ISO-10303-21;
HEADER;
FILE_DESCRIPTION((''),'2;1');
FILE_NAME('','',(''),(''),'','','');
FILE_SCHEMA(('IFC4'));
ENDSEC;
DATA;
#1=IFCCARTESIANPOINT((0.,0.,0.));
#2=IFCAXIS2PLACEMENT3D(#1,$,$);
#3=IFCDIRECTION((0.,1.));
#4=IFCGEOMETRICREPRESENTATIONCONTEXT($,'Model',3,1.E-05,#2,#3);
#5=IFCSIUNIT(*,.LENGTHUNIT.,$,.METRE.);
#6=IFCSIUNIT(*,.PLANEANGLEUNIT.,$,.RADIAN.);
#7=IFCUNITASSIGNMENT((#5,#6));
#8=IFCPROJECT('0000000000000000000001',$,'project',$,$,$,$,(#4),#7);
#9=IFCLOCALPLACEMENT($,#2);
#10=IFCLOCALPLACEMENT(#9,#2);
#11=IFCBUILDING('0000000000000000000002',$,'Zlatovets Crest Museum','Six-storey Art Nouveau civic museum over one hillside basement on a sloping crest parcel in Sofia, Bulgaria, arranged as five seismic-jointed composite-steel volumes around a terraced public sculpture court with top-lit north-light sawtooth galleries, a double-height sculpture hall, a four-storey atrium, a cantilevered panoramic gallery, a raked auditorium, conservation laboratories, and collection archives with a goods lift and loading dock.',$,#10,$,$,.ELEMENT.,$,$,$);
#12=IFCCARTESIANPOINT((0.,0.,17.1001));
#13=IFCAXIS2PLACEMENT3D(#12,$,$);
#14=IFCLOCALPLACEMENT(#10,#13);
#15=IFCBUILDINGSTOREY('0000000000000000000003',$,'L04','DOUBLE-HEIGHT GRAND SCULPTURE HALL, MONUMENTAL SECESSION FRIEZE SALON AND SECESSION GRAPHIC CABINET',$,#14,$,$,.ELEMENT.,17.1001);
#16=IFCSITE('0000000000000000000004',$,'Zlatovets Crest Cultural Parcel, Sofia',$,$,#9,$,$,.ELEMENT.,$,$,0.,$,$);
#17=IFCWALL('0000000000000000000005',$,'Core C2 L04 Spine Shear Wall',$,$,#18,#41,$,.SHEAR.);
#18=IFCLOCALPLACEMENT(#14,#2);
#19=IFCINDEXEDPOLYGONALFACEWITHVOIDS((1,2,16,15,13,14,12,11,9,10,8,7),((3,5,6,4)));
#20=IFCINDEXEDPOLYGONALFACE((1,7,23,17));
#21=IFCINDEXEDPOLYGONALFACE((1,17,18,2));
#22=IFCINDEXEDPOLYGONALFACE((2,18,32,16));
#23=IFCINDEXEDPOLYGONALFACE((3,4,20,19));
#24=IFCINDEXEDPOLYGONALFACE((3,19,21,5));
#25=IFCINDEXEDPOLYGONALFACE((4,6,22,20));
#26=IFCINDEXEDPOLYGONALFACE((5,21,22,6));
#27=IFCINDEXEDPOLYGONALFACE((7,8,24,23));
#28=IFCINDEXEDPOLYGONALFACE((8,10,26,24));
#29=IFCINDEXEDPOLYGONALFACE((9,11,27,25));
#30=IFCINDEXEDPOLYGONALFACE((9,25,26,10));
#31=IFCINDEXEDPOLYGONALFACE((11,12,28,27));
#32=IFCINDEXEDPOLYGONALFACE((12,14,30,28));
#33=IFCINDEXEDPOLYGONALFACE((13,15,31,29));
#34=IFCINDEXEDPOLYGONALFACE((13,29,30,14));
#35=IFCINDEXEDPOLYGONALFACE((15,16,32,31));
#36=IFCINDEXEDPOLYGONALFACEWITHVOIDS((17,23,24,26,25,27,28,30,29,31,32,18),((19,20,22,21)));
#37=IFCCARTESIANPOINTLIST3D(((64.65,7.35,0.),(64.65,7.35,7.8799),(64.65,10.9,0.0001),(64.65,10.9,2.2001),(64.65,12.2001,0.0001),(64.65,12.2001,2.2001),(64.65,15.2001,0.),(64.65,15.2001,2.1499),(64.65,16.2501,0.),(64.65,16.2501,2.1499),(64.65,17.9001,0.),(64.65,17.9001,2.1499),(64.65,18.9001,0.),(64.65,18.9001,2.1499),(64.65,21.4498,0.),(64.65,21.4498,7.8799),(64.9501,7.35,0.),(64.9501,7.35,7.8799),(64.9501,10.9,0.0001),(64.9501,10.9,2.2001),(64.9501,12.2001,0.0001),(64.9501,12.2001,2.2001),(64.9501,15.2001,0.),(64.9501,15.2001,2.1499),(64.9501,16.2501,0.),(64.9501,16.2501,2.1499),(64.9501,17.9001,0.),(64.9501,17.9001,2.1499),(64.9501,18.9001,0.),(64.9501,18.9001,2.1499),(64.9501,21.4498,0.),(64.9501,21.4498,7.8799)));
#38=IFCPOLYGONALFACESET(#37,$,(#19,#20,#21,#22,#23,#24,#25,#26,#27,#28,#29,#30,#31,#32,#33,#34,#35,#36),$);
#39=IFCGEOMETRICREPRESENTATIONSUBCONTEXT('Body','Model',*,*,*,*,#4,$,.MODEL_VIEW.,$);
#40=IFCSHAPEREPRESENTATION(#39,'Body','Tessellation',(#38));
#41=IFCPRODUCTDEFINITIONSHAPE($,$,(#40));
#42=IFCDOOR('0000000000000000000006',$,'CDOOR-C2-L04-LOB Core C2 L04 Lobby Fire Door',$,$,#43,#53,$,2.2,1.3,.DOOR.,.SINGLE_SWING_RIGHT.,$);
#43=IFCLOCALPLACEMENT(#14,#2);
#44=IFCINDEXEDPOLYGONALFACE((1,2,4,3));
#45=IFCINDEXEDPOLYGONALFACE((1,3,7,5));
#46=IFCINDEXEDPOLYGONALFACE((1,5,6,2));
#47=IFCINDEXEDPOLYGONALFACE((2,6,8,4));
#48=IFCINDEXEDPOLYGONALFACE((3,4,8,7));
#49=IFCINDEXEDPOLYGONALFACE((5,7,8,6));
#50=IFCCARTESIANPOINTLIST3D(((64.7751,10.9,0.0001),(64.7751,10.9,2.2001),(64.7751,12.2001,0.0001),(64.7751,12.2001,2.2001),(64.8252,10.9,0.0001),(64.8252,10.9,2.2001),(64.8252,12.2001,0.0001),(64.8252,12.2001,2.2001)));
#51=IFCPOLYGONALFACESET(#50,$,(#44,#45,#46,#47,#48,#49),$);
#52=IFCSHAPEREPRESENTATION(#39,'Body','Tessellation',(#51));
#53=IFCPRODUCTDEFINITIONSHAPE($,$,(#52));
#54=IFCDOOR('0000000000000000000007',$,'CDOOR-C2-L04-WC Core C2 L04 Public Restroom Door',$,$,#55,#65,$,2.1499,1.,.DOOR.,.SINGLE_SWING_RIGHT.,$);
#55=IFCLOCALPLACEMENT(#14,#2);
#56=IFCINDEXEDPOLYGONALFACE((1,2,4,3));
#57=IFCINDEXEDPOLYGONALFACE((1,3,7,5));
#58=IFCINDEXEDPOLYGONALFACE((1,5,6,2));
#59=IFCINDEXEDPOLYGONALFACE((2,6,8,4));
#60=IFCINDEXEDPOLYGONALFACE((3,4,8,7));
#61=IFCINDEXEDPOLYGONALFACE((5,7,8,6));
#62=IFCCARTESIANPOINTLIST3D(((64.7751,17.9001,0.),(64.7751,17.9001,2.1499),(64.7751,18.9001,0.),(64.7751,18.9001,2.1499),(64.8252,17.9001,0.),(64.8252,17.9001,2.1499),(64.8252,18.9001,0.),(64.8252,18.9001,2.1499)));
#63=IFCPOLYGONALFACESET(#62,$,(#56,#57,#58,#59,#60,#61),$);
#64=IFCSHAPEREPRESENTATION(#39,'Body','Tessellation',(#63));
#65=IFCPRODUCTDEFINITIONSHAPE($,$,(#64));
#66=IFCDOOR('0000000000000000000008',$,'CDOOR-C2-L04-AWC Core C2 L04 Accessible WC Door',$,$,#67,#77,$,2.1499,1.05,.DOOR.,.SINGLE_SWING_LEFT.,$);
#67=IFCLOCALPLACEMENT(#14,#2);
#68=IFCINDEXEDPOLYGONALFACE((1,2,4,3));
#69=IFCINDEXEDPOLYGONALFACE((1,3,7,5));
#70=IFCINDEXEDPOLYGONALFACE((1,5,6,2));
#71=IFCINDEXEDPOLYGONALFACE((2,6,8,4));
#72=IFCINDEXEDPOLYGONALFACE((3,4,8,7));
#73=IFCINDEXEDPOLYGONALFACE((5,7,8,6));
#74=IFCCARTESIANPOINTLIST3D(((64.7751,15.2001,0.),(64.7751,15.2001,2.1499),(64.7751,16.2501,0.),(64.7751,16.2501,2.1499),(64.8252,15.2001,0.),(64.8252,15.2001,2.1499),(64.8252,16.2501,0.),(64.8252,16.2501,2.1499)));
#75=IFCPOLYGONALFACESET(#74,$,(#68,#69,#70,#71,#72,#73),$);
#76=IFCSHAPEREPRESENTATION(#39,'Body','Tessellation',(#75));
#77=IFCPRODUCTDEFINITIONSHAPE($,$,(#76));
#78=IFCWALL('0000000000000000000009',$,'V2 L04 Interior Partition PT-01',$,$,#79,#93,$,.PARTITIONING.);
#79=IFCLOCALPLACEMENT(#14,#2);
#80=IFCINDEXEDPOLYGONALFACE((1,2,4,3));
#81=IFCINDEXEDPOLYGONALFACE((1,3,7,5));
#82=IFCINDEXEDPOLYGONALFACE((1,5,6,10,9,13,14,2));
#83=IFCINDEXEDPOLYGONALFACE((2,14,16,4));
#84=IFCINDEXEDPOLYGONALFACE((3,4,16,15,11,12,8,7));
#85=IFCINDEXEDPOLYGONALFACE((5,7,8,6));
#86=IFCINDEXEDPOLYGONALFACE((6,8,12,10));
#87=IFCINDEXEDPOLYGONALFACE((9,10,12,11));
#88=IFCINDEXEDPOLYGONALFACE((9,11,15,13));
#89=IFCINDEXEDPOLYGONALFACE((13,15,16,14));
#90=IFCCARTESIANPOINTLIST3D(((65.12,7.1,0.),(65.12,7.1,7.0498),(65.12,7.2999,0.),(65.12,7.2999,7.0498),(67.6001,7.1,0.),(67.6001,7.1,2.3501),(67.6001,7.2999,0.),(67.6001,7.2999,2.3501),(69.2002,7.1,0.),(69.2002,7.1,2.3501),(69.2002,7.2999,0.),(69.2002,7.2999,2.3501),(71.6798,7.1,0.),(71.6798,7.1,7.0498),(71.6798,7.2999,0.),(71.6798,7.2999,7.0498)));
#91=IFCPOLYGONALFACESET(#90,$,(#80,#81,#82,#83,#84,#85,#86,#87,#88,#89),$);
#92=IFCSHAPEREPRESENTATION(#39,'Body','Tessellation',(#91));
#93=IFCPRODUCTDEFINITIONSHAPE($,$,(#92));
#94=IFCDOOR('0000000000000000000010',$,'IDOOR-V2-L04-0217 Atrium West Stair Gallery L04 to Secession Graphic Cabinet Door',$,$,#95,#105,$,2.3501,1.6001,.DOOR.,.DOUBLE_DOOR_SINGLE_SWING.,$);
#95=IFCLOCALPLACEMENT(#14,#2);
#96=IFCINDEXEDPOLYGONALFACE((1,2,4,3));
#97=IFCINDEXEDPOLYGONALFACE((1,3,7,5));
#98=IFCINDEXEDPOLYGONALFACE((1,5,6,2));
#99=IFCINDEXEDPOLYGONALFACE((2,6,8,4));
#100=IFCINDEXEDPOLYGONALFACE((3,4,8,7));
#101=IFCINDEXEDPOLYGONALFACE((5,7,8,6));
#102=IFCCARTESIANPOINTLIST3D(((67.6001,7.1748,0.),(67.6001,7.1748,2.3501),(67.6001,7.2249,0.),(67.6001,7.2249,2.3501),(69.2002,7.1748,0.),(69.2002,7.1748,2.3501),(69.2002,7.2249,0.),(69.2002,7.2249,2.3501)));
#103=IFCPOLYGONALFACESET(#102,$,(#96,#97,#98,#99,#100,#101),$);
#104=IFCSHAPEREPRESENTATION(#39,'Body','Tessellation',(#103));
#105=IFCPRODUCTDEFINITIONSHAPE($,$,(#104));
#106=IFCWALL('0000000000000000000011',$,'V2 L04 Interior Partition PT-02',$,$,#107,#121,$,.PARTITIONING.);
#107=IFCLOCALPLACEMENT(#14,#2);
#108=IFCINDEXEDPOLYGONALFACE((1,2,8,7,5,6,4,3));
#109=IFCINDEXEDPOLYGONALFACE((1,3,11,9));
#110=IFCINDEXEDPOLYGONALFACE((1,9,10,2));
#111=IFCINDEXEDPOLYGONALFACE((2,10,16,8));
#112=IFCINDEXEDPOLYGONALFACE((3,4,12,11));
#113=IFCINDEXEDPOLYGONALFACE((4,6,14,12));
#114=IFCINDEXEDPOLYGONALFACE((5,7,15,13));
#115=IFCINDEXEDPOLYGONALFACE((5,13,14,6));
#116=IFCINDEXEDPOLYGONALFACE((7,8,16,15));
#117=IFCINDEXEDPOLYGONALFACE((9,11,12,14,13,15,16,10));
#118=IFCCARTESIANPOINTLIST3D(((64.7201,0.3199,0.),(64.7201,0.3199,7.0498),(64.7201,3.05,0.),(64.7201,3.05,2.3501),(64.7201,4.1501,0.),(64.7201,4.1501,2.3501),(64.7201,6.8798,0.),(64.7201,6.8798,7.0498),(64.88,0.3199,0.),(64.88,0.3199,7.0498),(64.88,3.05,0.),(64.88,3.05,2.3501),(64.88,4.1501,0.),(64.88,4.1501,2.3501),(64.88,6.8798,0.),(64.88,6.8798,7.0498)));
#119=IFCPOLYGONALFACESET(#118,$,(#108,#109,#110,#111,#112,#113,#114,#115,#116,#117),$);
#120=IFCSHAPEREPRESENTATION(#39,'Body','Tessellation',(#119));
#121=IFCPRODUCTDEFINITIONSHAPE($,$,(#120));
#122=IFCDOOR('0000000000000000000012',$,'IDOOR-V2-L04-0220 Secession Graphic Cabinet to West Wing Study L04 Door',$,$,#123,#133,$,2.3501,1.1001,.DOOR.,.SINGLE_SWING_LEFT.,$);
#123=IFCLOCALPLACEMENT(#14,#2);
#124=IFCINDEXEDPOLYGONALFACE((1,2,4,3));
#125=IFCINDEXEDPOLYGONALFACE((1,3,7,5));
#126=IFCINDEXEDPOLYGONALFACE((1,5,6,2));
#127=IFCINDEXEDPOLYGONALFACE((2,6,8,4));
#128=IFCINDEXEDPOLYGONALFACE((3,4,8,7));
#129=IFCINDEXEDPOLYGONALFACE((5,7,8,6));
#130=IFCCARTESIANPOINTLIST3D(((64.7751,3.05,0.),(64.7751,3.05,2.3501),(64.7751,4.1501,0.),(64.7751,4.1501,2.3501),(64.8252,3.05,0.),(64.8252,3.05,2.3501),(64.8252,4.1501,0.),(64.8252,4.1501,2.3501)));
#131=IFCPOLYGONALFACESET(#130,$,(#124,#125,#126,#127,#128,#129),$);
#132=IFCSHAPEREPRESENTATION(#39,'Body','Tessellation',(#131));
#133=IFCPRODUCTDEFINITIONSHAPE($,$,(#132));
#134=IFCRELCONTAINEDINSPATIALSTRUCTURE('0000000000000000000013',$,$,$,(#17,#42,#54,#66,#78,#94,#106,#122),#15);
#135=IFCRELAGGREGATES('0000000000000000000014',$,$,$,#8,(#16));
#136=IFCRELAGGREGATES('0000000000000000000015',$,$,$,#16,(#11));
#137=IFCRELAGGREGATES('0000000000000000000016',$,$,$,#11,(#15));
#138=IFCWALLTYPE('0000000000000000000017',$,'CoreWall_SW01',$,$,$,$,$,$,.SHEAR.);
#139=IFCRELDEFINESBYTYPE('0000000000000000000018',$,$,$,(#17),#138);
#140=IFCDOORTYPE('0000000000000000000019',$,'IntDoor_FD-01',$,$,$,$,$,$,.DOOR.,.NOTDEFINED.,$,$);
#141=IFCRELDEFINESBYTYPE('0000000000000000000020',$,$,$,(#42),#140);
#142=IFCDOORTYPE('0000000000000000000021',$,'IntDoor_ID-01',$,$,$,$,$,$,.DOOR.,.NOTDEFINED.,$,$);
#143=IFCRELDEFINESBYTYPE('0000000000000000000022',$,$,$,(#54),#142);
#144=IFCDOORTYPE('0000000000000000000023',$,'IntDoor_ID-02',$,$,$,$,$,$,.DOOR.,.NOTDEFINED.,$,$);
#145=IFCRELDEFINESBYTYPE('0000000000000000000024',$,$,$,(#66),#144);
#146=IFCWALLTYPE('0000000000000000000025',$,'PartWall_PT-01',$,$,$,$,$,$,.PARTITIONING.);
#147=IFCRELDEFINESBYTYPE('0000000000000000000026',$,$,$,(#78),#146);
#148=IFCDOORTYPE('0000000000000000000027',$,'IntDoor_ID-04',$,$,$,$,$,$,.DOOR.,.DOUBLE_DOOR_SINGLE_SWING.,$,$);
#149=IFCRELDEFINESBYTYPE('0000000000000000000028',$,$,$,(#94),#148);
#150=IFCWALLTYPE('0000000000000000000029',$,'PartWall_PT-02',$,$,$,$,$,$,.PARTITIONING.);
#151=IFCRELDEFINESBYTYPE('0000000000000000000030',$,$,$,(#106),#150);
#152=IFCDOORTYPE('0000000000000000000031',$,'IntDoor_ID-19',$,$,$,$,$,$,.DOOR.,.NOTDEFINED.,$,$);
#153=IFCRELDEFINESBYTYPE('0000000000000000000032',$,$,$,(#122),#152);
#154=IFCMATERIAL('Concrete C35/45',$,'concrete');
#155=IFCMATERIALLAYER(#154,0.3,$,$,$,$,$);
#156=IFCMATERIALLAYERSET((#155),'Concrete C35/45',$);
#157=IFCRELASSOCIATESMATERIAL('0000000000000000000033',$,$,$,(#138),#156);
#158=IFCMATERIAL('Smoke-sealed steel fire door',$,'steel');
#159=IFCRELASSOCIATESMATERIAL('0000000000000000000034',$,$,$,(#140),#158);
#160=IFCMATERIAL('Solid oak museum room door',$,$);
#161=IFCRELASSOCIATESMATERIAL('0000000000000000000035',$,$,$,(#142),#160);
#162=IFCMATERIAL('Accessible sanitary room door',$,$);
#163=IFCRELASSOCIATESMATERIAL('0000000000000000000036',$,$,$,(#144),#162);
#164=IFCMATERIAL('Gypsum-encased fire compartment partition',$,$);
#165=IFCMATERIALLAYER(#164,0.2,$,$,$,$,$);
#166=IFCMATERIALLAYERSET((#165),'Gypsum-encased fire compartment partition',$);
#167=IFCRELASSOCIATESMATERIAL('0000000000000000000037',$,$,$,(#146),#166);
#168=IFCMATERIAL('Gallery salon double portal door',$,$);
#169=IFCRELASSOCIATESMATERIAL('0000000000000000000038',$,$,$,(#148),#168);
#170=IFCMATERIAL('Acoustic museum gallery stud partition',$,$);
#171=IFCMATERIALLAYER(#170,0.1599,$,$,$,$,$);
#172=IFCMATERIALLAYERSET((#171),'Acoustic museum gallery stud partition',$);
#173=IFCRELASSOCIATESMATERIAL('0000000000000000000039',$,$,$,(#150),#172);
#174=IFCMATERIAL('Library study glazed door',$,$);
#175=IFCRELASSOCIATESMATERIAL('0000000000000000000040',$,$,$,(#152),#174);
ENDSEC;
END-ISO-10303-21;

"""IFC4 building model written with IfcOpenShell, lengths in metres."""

from ifc_helpers import new_model, si_unit, direction, frame, frame_2d, origin, place, context, subcontext, project, spatial, rectangle, extrude, material, layer, layer_set, type_object, element, fill, save


model = new_model("IFC4")

# Units and contexts
model_context = context("Model", 3, precision=1e-05, world=origin(), true_north=direction((0.0, 1.0)))
body_context = subcontext(model_context, "Body", "Model", "MODEL_VIEW")
ifc_project = project(units=[si_unit("LENGTHUNIT", "METRE"), si_unit("PLANEANGLEUNIT", "RADIAN")], contexts=[model_context])

# Site, building, storey
site_placement = place(None, origin())
site = spatial("IfcSite", under=ifc_project, at=site_placement, Name="Zlatovets Crest Cultural Parcel, Sofia", CompositionType="ELEMENT", RefElevation=0.0)
building_placement = place(site_placement, origin())
building = spatial("IfcBuilding", under=site, at=building_placement, Name="Zlatovets Crest Museum", Description="Six-storey Art Nouveau civic museum over one hillside basement on a sloping crest parcel in Sofia, Bulgaria, arranged as five seismic-jointed composite-steel volumes around a terraced public sculpture court with top-lit north-light sawtooth galleries, a double-height sculpture hall, a four-storey atrium, a cantilevered panoramic gallery, a raked auditorium, conservation laboratories, and collection archives with a goods lift and loading dock.", CompositionType="ELEMENT")
storey_placement = place(building_placement, frame((0.0, 0.0, 17.1001)))
storey = spatial("IfcBuildingStorey", under=building, at=storey_placement, Name="L04", Description="DOUBLE-HEIGHT GRAND SCULPTURE HALL, MONUMENTAL SECESSION FRIEZE SALON AND SECESSION GRAPHIC CABINET", CompositionType="ELEMENT", Elevation=17.1001)

# Wall, openings, doors
ifc_material_1 = material(Name="Concrete C35/45", Category="concrete")
ifc_layer_1 = layer(ifc_material_1, 0.3)
ifc_layer_set_1 = layer_set([ifc_layer_1], Name="Concrete C35/45")
wall_type_1 = type_object("IfcWallType", Name="CoreWall_SW01", PredefinedType="SHEAR", material=ifc_layer_set_1)
wall_1_placement = place(storey_placement, frame((64.8, 7.3501, 0.0), z_axis=(0.0, 0.0, 1.0), x_axis=(0.0, 1.0, 0.0)))
wall_1 = element("IfcWall", 1, at=wall_1_placement, inside=storey, type_object=wall_type_1, Name="Core C2 L04 Spine Shear Wall", PredefinedType="SHEAR", context=body_context, shape_type="SweptSolid", body=[
    extrude(rectangle(XDim=14.0999, YDim=0.3, at=frame_2d((7.0498, 0.0))), origin(), (0.0, 0.0, 1.0), 7.8799),
])
opening_1_placement = place(wall_1_placement, frame((3.55, 0.0, 0.0)))
opening_1 = element("IfcOpeningElement", 2, at=opening_1_placement, cuts=wall_1, PredefinedType="OPENING", context=body_context, shape_type="SweptSolid", body=[
    extrude(rectangle(XDim=1.3, YDim=2.2, at=frame_2d((0.6499, 1.1001))), frame((0.0, 0.1602, 0.0), z_axis=(0.0, -1.0, 0.0), x_axis=(1.0, 0.0, 0.0)), (0.0, 0.0, 1.0), 0.3201),
])
opening_2_placement = place(wall_1_placement, frame((7.8501, 0.0, 0.0)))
opening_2 = element("IfcOpeningElement", 3, at=opening_2_placement, cuts=wall_1, PredefinedType="OPENING", context=body_context, shape_type="SweptSolid", body=[
    extrude(rectangle(XDim=1.05, YDim=2.1499, at=frame_2d((0.5249, 1.075))), frame((0.0, 0.1602, 0.0), z_axis=(0.0, -1.0, 0.0), x_axis=(1.0, 0.0, 0.0)), (0.0, 0.0, 1.0), 0.3201),
])
opening_3_placement = place(wall_1_placement, frame((10.55, 0.0, 0.0)))
opening_3 = element("IfcOpeningElement", 4, at=opening_3_placement, cuts=wall_1, PredefinedType="OPENING", context=body_context, shape_type="SweptSolid", body=[
    extrude(rectangle(XDim=1.0, YDim=2.1499, at=frame_2d((0.5, 1.075))), frame((0.0, 0.1602, 0.0), z_axis=(0.0, -1.0, 0.0), x_axis=(1.0, 0.0, 0.0)), (0.0, 0.0, 1.0), 0.3201),
])
ifc_material_2 = material(Name="Smoke-sealed steel fire door", Category="steel")
door_type_1 = type_object("IfcDoorType", Name="IntDoor_FD-01", OperationType="NOTDEFINED", PredefinedType="DOOR", material=ifc_material_2)
door_1_placement = place(opening_1_placement, origin())
door_1 = element("IfcDoor", 5, at=door_1_placement, inside=storey, type_object=door_type_1, Name="CDOOR-C2-L04-LOB Core C2 L04 Lobby Fire Door", OperationType="SINGLE_SWING_RIGHT", OverallHeight=2.2, OverallWidth=1.3, PredefinedType="DOOR", context=body_context, shape_type="SweptSolid", body=[
    extrude(rectangle(XDim=1.3, YDim=2.2, at=frame_2d((0.6499, 1.1001))), frame((0.0, 0.0249, 0.0), z_axis=(0.0, -1.0, 0.0), x_axis=(1.0, 0.0, 0.0)), (0.0, 0.0, 1.0), 0.05),
])
fill(opening_1, door_1)
ifc_material_3 = material(Name="Solid oak museum room door")
door_type_2 = type_object("IfcDoorType", Name="IntDoor_ID-01", OperationType="NOTDEFINED", PredefinedType="DOOR", material=ifc_material_3)
door_2_placement = place(opening_3_placement, origin())
door_2 = element("IfcDoor", 6, at=door_2_placement, inside=storey, type_object=door_type_2, Name="CDOOR-C2-L04-WC Core C2 L04 Public Restroom Door", OperationType="SINGLE_SWING_RIGHT", OverallHeight=2.1499, OverallWidth=1.0, PredefinedType="DOOR", context=body_context, shape_type="SweptSolid", body=[
    extrude(rectangle(XDim=1.0, YDim=2.1499, at=frame_2d((0.5, 1.075))), frame((0.0, 0.0249, 0.0), z_axis=(0.0, -1.0, 0.0), x_axis=(1.0, 0.0, 0.0)), (0.0, 0.0, 1.0), 0.05),
])
fill(opening_3, door_2)
ifc_material_4 = material(Name="Accessible sanitary room door")
door_type_3 = type_object("IfcDoorType", Name="IntDoor_ID-02", OperationType="NOTDEFINED", PredefinedType="DOOR", material=ifc_material_4)
door_3_placement = place(opening_2_placement, origin())
door_3 = element("IfcDoor", 7, at=door_3_placement, inside=storey, type_object=door_type_3, Name="CDOOR-C2-L04-AWC Core C2 L04 Accessible WC Door", OperationType="SINGLE_SWING_LEFT", OverallHeight=2.1499, OverallWidth=1.05, PredefinedType="DOOR", context=body_context, shape_type="SweptSolid", body=[
    extrude(rectangle(XDim=1.05, YDim=2.1499, at=frame_2d((0.5249, 1.075))), frame((0.0, 0.0249, 0.0), z_axis=(0.0, -1.0, 0.0), x_axis=(1.0, 0.0, 0.0)), (0.0, 0.0, 1.0), 0.05),
])
fill(opening_2, door_3)

# Walls, openings, doors
ifc_material_5 = material(Name="Gypsum-encased fire compartment partition")
ifc_layer_2 = layer(ifc_material_5, 0.2)
ifc_layer_set_2 = layer_set([ifc_layer_2], Name="Gypsum-encased fire compartment partition")
wall_type_2 = type_object("IfcWallType", Name="PartWall_PT-01", PredefinedType="PARTITIONING", material=ifc_layer_set_2)
wall_2_placement = place(storey_placement, frame((65.1201, 7.2, 0.0), z_axis=(0.0, 0.0, 1.0), x_axis=(1.0, 0.0, 0.0)))
wall_2 = element("IfcWall", 8, at=wall_2_placement, inside=storey, type_object=wall_type_2, Name="V2 L04 Interior Partition PT-01", PredefinedType="PARTITIONING", context=body_context, shape_type="SweptSolid", body=[
    extrude(rectangle(XDim=6.5598, YDim=0.2, at=frame_2d((3.2798, 0.0))), origin(), (0.0, 0.0, 1.0), 7.0498),
])
opening_4_placement = place(wall_2_placement, frame((2.48, 0.0, 0.0)))
opening_4 = element("IfcOpeningElement", 9, at=opening_4_placement, cuts=wall_2, PredefinedType="OPENING", context=body_context, shape_type="SweptSolid", body=[
    extrude(rectangle(XDim=1.6001, YDim=2.3501, at=frame_2d((0.8, 1.175))), frame((0.0, 0.1099, 0.0), z_axis=(0.0, -1.0, 0.0), x_axis=(1.0, 0.0, 0.0)), (0.0, 0.0, 1.0), 0.22),
])
ifc_material_6 = material(Name="Gallery salon double portal door")
door_type_4 = type_object("IfcDoorType", Name="IntDoor_ID-04", OperationType="DOUBLE_DOOR_SINGLE_SWING", PredefinedType="DOOR", material=ifc_material_6)
door_4_placement = place(opening_4_placement, origin())
door_4 = element("IfcDoor", 10, at=door_4_placement, inside=storey, type_object=door_type_4, Name="IDOOR-V2-L04-0217 Atrium West Stair Gallery L04 to Secession Graphic Cabinet Door", OperationType="DOUBLE_DOOR_SINGLE_SWING", OverallHeight=2.3501, OverallWidth=1.6001, PredefinedType="DOOR", context=body_context, shape_type="SweptSolid", body=[
    extrude(rectangle(XDim=1.6001, YDim=2.3501, at=frame_2d((0.8, 1.175))), frame((0.0, 0.0249, 0.0), z_axis=(0.0, -1.0, 0.0), x_axis=(1.0, 0.0, 0.0)), (0.0, 0.0, 1.0), 0.05),
])
fill(opening_4, door_4)
ifc_material_7 = material(Name="Acoustic museum gallery stud partition")
ifc_layer_3 = layer(ifc_material_7, 0.1599)
ifc_layer_set_3 = layer_set([ifc_layer_3], Name="Acoustic museum gallery stud partition")
wall_type_3 = type_object("IfcWallType", Name="PartWall_PT-02", PredefinedType="PARTITIONING", material=ifc_layer_set_3)
wall_3_placement = place(storey_placement, frame((64.8, 0.3201, 0.0), z_axis=(0.0, 0.0, 1.0), x_axis=(0.0, 1.0, 0.0)))
wall_3 = element("IfcWall", 11, at=wall_3_placement, inside=storey, type_object=wall_type_3, Name="V2 L04 Interior Partition PT-02", PredefinedType="PARTITIONING", context=body_context, shape_type="SweptSolid", body=[
    extrude(rectangle(XDim=6.5598, YDim=0.1599, at=frame_2d((3.2798, 0.0))), origin(), (0.0, 0.0, 1.0), 7.0498),
])
opening_5_placement = place(wall_3_placement, frame((2.73, 0.0, 0.0)))
opening_5 = element("IfcOpeningElement", 12, at=opening_5_placement, cuts=wall_3, PredefinedType="OPENING", context=body_context, shape_type="SweptSolid", body=[
    extrude(rectangle(XDim=1.1001, YDim=2.3501, at=frame_2d((0.55, 1.175))), frame((0.0, 0.0898, 0.0), z_axis=(0.0, -1.0, 0.0), x_axis=(1.0, 0.0, 0.0)), (0.0, 0.0, 1.0), 0.1799),
])
ifc_material_8 = material(Name="Library study glazed door")
door_type_5 = type_object("IfcDoorType", Name="IntDoor_ID-19", OperationType="NOTDEFINED", PredefinedType="DOOR", material=ifc_material_8)
door_5_placement = place(opening_5_placement, origin())
door_5 = element("IfcDoor", 13, at=door_5_placement, inside=storey, type_object=door_type_5, Name="IDOOR-V2-L04-0220 Secession Graphic Cabinet to West Wing Study L04 Door", OperationType="SINGLE_SWING_LEFT", OverallHeight=2.3501, OverallWidth=1.1001, PredefinedType="DOOR", context=body_context, shape_type="SweptSolid", body=[
    extrude(rectangle(XDim=1.1001, YDim=2.3501, at=frame_2d((0.55, 1.175))), frame((0.0, 0.0249, 0.0), z_axis=(0.0, -1.0, 0.0), x_axis=(1.0, 0.0, 0.0)), (0.0, 0.0, 1.0), 0.05),
])
fill(opening_5, door_5)

save(model, "model.ifc")
